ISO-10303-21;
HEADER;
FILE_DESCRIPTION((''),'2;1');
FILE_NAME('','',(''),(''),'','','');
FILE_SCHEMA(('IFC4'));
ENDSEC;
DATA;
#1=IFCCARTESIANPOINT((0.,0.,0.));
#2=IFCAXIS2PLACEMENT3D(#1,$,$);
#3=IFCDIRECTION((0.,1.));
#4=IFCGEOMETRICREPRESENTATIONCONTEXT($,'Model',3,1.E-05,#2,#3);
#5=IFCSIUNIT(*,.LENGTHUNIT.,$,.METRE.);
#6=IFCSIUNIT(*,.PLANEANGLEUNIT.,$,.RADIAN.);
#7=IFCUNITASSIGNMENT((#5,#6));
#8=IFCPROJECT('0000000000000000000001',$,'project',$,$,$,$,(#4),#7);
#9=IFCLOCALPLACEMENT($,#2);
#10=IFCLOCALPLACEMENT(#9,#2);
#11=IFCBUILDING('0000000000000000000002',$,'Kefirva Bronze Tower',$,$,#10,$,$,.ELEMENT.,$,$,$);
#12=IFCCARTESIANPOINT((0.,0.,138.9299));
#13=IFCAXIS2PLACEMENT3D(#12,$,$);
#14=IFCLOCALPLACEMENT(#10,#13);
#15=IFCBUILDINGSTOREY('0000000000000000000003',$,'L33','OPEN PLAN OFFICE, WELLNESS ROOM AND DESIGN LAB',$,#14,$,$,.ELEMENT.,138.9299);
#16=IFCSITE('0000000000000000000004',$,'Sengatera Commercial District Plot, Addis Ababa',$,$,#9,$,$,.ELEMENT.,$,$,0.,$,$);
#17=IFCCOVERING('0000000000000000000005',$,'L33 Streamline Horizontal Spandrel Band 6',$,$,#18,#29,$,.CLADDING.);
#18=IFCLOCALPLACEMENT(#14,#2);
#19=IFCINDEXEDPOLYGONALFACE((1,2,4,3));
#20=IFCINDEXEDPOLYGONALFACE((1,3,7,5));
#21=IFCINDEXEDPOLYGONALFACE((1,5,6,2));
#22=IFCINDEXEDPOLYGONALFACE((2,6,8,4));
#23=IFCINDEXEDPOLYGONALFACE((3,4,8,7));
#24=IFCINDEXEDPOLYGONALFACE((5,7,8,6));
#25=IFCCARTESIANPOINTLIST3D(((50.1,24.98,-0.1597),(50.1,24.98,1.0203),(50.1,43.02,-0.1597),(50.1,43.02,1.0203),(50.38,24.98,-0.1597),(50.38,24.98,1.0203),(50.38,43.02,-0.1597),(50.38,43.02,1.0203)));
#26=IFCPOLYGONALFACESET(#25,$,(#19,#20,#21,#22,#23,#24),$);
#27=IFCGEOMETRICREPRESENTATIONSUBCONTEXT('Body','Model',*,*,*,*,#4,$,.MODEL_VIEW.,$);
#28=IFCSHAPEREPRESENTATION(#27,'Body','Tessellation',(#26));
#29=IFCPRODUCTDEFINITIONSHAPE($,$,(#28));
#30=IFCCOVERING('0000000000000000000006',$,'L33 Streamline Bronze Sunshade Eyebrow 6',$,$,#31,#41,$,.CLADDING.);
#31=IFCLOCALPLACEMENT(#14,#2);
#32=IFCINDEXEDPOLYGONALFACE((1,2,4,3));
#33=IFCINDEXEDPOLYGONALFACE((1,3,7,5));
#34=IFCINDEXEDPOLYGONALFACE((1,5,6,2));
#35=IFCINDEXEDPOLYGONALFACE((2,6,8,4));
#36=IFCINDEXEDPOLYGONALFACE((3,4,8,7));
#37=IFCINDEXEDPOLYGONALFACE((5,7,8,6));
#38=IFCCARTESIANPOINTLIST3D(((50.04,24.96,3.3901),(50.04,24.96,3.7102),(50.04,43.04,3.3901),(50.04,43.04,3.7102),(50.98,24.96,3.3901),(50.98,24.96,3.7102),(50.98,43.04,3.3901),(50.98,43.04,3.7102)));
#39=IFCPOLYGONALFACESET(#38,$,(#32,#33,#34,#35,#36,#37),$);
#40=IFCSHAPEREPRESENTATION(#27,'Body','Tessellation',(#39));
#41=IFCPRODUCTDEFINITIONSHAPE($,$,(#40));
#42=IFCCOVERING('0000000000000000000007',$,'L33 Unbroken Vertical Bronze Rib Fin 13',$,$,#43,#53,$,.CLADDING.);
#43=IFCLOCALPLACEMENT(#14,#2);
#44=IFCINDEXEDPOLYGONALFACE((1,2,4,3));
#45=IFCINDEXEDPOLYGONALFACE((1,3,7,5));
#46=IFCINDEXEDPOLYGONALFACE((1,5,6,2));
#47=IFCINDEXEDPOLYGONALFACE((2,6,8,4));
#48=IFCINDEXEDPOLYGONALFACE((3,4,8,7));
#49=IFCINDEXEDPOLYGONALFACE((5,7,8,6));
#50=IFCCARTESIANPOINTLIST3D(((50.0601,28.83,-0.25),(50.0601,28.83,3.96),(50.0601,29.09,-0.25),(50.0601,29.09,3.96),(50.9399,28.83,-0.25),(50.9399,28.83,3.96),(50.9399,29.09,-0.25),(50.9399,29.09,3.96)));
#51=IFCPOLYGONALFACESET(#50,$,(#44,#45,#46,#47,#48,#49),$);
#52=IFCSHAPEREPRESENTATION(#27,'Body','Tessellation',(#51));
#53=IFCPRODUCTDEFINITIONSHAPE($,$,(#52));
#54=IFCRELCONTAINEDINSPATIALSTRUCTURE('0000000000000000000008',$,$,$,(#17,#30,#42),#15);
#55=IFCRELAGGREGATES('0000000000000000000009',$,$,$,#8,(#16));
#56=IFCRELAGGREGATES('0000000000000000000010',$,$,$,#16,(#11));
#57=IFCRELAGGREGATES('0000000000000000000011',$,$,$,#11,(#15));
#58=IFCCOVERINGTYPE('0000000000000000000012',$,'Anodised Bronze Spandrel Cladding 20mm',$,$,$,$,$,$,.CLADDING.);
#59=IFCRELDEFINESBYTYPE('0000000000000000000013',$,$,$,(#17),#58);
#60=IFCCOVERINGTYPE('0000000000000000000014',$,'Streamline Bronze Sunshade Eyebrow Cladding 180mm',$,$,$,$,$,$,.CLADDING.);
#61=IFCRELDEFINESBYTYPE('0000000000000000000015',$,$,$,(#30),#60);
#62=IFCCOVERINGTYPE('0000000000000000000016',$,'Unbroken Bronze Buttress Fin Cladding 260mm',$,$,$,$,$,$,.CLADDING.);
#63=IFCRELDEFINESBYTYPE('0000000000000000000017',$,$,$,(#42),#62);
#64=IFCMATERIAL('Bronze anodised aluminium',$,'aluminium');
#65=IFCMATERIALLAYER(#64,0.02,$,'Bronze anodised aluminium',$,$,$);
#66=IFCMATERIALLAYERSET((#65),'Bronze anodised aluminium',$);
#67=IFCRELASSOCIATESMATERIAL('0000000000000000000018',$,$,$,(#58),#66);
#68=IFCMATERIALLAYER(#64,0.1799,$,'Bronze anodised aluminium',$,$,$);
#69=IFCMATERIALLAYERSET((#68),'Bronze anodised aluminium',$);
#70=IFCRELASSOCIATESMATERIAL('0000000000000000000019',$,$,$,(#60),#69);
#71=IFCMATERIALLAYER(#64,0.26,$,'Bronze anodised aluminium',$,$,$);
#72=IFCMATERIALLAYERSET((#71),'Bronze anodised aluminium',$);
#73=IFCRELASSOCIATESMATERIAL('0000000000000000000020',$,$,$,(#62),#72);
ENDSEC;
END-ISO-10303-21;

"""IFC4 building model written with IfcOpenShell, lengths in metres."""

from ifc_helpers import new_model, si_unit, direction, frame, origin, origin_2d, place, context, subcontext, project, spatial, rectangle, extrude, material, layer, layer_set, type_object, element, save


model = new_model("IFC4")

# Units and contexts
model_context = context("Model", 3, precision=1e-05, world=origin(), true_north=direction((0.0, 1.0)))
body_context = subcontext(model_context, "Body", "Model", "MODEL_VIEW")
ifc_project = project(units=[si_unit("LENGTHUNIT", "METRE"), si_unit("PLANEANGLEUNIT", "RADIAN")], contexts=[model_context])

# Site, building, storey
site_placement = place(None, origin())
site = spatial("IfcSite", under=ifc_project, at=site_placement, Name="Sengatera Commercial District Plot, Addis Ababa", CompositionType="ELEMENT", RefElevation=0.0)
building_placement = place(site_placement, origin())
building = spatial("IfcBuilding", under=site, at=building_placement, Name="Kefirva Bronze Tower", CompositionType="ELEMENT")
storey_placement = place(building_placement, frame((0.0, 0.0, 138.9299)))
storey = spatial("IfcBuildingStorey", under=building, at=storey_placement, Name="L33", Description="OPEN PLAN OFFICE, WELLNESS ROOM AND DESIGN LAB", CompositionType="ELEMENT", Elevation=138.9299)

# Shared definitions
ifc_material_1 = material(Name="Bronze anodised aluminium", Category="aluminium")

# Coverings
ifc_layer_1 = layer(ifc_material_1, 0.02, Name="Bronze anodised aluminium")
ifc_layer_set_1 = layer_set([ifc_layer_1], Name="Bronze anodised aluminium")
covering_type_1 = type_object("IfcCoveringType", Name="Anodised Bronze Spandrel Cladding 20mm", PredefinedType="CLADDING", material=ifc_layer_set_1)
covering_1_placement = place(storey_placement, frame((50.24, 34.0, -0.1597), z_axis=(0.0, 0.0, 1.0), x_axis=(0.0, 1.0, 0.0)))
element("IfcCovering", 1, at=covering_1_placement, inside=storey, type_object=covering_type_1, Name="L33 Streamline Horizontal Spandrel Band 6", PredefinedType="CLADDING", context=body_context, shape_type="SweptSolid", body=[
    extrude(rectangle(XDim=18.04, YDim=0.28, at=origin_2d()), origin(), (0.0, 0.0, 1.0), 1.1799),
])
ifc_layer_2 = layer(ifc_material_1, 0.1799, Name="Bronze anodised aluminium")
ifc_layer_set_2 = layer_set([ifc_layer_2], Name="Bronze anodised aluminium")
covering_type_2 = type_object("IfcCoveringType", Name="Streamline Bronze Sunshade Eyebrow Cladding 180mm", PredefinedType="CLADDING", material=ifc_layer_set_2)
covering_2_placement = place(storey_placement, frame((50.51, 34.0, 3.3901), z_axis=(0.0, 0.0, 1.0), x_axis=(0.0, 1.0, 0.0)))
element("IfcCovering", 2, at=covering_2_placement, inside=storey, type_object=covering_type_2, Name="L33 Streamline Bronze Sunshade Eyebrow 6", PredefinedType="CLADDING", context=body_context, shape_type="SweptSolid", body=[
    extrude(rectangle(XDim=18.0801, YDim=0.9399, at=origin_2d()), origin(), (0.0, 0.0, 1.0), 0.3201),
])
ifc_layer_3 = layer(ifc_material_1, 0.26, Name="Bronze anodised aluminium")
ifc_layer_set_3 = layer_set([ifc_layer_3], Name="Bronze anodised aluminium")
covering_type_3 = type_object("IfcCoveringType", Name="Unbroken Bronze Buttress Fin Cladding 260mm", PredefinedType="CLADDING", material=ifc_layer_set_3)
covering_3_placement = place(storey_placement, frame((50.5, 28.96, -0.25), z_axis=(0.0, 0.0, 1.0), x_axis=(0.0, 1.0, 0.0)))
element("IfcCovering", 3, at=covering_3_placement, inside=storey, type_object=covering_type_3, Name="L33 Unbroken Vertical Bronze Rib Fin 13", PredefinedType="CLADDING", context=body_context, shape_type="SweptSolid", body=[
    extrude(rectangle(XDim=0.26, YDim=0.8799, at=origin_2d()), origin(), (0.0, 0.0, 1.0), 4.21),
])

save(model, "model.ifc")
